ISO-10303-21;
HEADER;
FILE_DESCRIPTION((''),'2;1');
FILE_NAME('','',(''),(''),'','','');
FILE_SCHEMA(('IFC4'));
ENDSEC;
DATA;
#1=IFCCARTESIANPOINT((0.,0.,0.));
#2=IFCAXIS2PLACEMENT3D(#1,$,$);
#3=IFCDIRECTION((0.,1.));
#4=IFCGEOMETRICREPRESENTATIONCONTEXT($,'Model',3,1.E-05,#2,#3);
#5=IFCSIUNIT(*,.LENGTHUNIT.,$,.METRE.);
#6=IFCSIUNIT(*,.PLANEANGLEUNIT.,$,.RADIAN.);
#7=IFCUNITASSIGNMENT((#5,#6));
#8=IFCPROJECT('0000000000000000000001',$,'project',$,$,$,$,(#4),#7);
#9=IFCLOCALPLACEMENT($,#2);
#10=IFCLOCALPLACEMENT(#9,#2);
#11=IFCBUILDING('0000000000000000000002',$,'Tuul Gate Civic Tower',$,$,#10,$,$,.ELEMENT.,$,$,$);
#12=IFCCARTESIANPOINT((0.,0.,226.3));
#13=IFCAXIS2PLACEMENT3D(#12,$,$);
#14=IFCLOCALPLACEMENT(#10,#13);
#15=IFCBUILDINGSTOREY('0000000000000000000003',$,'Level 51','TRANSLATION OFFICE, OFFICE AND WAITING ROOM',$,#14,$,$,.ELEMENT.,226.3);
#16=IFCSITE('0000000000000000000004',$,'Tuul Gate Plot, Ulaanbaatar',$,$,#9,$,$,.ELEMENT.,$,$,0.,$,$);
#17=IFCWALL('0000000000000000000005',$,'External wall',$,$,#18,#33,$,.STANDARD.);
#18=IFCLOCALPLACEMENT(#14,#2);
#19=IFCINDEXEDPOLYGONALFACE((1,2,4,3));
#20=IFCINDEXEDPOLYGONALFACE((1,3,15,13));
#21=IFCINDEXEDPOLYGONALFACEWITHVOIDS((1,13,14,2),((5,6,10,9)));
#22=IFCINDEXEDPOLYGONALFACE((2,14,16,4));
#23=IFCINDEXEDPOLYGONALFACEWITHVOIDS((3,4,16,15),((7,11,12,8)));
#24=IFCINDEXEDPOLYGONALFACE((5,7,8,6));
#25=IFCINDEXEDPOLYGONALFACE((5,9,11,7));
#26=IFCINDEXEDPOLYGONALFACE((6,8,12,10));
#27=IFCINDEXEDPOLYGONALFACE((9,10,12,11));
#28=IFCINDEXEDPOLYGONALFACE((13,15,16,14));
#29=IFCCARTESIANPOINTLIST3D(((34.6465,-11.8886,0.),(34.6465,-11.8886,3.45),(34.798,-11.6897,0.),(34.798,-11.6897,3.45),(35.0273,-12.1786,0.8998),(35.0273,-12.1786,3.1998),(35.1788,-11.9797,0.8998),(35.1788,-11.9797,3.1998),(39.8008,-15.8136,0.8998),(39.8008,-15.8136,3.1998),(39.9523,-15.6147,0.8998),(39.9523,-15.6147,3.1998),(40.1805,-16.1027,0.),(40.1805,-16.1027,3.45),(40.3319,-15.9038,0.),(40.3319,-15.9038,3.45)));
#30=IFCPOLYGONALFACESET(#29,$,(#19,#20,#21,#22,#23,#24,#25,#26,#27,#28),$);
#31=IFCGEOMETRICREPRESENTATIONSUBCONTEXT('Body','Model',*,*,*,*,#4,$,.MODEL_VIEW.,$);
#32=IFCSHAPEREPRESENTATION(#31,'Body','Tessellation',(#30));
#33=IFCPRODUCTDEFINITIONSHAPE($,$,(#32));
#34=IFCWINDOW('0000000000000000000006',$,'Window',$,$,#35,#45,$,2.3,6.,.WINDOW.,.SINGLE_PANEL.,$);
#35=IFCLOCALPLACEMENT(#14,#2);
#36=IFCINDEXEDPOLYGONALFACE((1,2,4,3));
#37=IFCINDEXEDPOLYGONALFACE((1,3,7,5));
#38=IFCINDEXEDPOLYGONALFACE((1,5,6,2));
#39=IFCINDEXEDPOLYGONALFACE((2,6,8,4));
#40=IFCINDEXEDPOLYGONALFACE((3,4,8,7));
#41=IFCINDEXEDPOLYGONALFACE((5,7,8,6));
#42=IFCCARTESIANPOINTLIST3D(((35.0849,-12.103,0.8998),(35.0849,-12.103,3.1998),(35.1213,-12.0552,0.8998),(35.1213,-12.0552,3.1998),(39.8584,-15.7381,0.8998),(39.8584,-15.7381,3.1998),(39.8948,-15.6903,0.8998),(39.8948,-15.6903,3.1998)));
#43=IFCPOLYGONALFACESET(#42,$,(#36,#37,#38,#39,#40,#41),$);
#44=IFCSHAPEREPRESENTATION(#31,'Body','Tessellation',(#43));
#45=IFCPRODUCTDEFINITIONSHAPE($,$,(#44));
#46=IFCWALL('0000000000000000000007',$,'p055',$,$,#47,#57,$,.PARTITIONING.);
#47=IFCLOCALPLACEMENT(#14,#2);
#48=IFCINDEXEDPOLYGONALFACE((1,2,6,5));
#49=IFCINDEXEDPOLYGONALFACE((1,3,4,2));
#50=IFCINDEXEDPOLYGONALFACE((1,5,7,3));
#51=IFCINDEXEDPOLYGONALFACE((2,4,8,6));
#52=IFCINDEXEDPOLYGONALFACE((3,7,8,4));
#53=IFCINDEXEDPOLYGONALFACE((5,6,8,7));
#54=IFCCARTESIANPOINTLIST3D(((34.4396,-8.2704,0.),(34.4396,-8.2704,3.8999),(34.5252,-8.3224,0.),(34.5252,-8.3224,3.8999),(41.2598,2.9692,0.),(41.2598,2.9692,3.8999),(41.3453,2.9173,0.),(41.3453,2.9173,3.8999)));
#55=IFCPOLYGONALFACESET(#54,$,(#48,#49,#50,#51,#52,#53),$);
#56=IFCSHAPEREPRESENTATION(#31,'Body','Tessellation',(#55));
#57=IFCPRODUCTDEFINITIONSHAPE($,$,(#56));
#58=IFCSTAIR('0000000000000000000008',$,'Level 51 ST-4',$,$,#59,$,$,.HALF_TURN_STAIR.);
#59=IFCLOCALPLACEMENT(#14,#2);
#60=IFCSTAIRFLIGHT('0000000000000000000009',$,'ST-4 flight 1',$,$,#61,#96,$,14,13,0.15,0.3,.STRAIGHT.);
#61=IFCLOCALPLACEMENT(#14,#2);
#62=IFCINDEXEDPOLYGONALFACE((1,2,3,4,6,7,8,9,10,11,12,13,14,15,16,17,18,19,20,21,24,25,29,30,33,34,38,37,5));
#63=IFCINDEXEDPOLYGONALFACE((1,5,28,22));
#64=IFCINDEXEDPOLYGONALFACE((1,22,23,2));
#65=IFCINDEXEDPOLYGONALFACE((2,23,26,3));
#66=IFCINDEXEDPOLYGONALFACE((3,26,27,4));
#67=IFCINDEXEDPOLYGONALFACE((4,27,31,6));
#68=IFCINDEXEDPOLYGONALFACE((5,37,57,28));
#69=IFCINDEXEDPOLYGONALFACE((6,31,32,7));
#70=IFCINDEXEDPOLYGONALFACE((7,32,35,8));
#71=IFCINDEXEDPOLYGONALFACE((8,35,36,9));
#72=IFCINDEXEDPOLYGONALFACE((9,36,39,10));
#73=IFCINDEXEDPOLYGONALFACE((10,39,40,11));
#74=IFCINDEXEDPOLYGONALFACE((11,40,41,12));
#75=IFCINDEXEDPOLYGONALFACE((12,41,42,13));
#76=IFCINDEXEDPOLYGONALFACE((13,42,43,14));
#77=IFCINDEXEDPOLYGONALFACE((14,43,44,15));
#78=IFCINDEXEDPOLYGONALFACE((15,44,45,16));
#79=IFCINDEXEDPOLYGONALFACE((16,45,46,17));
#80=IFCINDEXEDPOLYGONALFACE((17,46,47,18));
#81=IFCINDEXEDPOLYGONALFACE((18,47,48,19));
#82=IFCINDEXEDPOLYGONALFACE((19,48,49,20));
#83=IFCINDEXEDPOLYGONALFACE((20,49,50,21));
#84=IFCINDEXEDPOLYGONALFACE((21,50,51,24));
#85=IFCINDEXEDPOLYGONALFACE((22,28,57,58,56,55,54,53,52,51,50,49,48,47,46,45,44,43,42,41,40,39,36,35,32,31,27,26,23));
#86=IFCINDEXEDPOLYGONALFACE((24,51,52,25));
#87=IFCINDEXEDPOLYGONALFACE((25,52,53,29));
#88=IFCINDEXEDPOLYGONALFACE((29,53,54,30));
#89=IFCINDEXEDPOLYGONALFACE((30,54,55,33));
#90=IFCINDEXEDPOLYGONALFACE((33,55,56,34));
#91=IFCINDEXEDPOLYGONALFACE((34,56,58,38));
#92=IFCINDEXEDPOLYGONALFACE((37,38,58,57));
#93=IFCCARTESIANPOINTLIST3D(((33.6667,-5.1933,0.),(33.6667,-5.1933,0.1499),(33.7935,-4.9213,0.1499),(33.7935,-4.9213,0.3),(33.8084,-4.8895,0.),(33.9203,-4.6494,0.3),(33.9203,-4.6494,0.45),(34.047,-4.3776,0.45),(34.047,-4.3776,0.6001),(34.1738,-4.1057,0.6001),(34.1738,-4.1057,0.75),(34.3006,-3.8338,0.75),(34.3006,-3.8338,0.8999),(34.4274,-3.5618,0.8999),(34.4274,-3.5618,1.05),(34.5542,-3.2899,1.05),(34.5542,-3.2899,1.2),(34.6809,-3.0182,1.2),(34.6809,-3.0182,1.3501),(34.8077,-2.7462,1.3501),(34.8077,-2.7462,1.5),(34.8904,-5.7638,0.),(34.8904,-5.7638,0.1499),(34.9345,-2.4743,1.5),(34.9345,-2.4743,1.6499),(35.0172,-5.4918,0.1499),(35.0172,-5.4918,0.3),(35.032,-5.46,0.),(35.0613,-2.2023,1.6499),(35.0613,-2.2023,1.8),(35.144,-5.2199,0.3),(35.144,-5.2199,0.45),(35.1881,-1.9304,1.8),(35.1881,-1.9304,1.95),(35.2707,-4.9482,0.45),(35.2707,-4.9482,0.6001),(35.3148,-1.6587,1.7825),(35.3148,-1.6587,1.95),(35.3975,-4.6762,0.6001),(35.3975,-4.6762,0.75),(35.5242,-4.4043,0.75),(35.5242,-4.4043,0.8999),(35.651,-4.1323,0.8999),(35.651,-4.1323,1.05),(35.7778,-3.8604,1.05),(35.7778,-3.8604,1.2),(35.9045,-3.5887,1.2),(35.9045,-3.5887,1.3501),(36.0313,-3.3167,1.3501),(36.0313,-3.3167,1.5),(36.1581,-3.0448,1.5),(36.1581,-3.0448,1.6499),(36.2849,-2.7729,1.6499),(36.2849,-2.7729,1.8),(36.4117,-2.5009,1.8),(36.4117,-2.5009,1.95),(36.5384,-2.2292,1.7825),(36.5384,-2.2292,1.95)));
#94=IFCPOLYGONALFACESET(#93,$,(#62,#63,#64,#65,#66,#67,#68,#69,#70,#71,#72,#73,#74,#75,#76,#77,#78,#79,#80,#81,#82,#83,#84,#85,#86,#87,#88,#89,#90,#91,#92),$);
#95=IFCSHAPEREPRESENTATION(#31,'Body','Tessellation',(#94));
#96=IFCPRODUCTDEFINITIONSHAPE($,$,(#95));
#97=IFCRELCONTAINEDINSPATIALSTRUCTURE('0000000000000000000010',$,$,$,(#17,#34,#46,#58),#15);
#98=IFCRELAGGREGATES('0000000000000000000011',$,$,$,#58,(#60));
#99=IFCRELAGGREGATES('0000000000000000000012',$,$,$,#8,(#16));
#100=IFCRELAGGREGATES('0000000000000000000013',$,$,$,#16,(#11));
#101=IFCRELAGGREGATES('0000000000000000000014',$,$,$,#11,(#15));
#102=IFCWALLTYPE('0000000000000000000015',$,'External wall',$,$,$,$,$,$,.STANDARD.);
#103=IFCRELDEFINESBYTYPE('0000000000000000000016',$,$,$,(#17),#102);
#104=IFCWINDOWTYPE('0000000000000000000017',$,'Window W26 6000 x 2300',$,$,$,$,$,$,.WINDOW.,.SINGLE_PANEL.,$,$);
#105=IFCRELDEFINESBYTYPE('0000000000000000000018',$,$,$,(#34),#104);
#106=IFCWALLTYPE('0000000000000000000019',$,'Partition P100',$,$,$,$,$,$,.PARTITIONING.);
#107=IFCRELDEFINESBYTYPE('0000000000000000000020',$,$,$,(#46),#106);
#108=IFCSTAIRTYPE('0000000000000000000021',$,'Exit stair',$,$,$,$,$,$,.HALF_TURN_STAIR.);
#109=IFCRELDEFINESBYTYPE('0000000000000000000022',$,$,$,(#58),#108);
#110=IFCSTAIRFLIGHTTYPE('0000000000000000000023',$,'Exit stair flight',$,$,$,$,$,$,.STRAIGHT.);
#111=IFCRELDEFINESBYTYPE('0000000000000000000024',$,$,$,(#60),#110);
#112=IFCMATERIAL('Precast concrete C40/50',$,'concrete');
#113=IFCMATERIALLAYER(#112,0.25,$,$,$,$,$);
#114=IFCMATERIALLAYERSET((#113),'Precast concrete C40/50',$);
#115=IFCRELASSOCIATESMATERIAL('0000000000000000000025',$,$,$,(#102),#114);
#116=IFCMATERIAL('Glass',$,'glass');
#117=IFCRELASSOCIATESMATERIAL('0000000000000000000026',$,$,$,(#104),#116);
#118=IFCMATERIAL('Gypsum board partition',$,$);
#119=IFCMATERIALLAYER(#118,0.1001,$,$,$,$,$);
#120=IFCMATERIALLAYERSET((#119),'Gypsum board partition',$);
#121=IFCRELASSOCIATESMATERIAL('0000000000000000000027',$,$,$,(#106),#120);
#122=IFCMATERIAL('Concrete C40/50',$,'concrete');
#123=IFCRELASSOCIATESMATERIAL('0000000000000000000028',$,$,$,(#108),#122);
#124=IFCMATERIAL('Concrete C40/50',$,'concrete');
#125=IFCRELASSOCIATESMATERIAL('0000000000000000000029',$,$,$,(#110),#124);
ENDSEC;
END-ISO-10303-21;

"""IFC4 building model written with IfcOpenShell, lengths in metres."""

from ifc_helpers import new_model, si_unit, direction, frame, frame_2d, origin, place, context, subcontext, project, spatial, polyline, rectangle, outline, extrude, material, layer, layer_set, type_object, element, fill, aggregate, save


model = new_model("IFC4")

# Units and contexts
model_context = context("Model", 3, precision=1e-05, world=origin(), true_north=direction((0.0, 1.0)))
body_context = subcontext(model_context, "Body", "Model", "MODEL_VIEW")
ifc_project = project(units=[si_unit("LENGTHUNIT", "METRE"), si_unit("PLANEANGLEUNIT", "RADIAN")], contexts=[model_context])

# Site, building, storey
site_placement = place(None, origin())
site = spatial("IfcSite", under=ifc_project, at=site_placement, Name="Tuul Gate Plot, Ulaanbaatar", CompositionType="ELEMENT", RefElevation=0.0)
building_placement = place(site_placement, origin())
building = spatial("IfcBuilding", under=site, at=building_placement, Name="Tuul Gate Civic Tower", CompositionType="ELEMENT")
storey_placement = place(building_placement, frame((0.0, 0.0, 226.3)))
storey = spatial("IfcBuildingStorey", under=building, at=storey_placement, Name="Level 51", Description="TRANSLATION OFFICE, OFFICE AND WAITING ROOM", CompositionType="ELEMENT", Elevation=226.3)

# Wall, opening, window
ifc_material_1 = material(Name="Precast concrete C40/50", Category="concrete")
ifc_layer_1 = layer(ifc_material_1, 0.25)
ifc_layer_set_1 = layer_set([ifc_layer_1], Name="Precast concrete C40/50")
wall_type_1 = type_object("IfcWallType", Name="External wall", PredefinedType="STANDARD", material=ifc_layer_set_1)
ifc_material_2 = material(Name="Glass", Category="glass")
window_type = type_object("IfcWindowType", Name="Window W26 6000 x 2300", PartitioningType="SINGLE_PANEL", PredefinedType="WINDOW", material=ifc_material_2)
wall_1_placement = place(storey_placement, frame((34.7222, -11.7891, 0.0), z_axis=(0.0, 0.0, 1.0), x_axis=(0.795586, -0.605841, 0.0)))
wall_1 = element("IfcWall", 1, at=wall_1_placement, inside=storey, type_object=wall_type_1, Name="External wall", PredefinedType="STANDARD", context=body_context, shape_type="SweptSolid", body=[
    extrude(rectangle(XDim=6.9558, YDim=0.25, at=frame_2d((3.478, 0.0))), origin(), (0.0, 0.0, 1.0), 3.45),
])
opening_1_placement = place(wall_1_placement, frame((0.4788, 0.0, 0.8999)))
opening_1 = element("IfcOpeningElement", 2, at=opening_1_placement, cuts=wall_1, PredefinedType="OPENING", context=body_context, shape_type="SweptSolid", body=[
    extrude(rectangle(XDim=6.0, YDim=2.3, at=frame_2d((3.0, 1.1499))), frame((0.0, 0.135, 0.0), z_axis=(0.0, -1.0, 0.0), x_axis=(1.0, 0.0, 0.0)), (0.0, 0.0, 1.0), 0.27),
])
window_1_placement = place(opening_1_placement, origin())
window_1 = element("IfcWindow", 3, at=window_1_placement, inside=storey, type_object=window_type, Name="Window", OverallHeight=2.3, OverallWidth=6.0, PartitioningType="SINGLE_PANEL", PredefinedType="WINDOW", context=body_context, shape_type="SweptSolid", body=[
    extrude(rectangle(XDim=6.0, YDim=2.3, at=frame_2d((3.0, 1.1499))), frame((0.0, 0.03, 0.0), z_axis=(0.0, -1.0, 0.0), x_axis=(1.0, 0.0, 0.0)), (0.0, 0.0, 1.0), 0.0601),
])
fill(opening_1, window_1)

# Wall
ifc_material_3 = material(Name="Gypsum board partition")
ifc_layer_2 = layer(ifc_material_3, 0.1001)
ifc_layer_set_2 = layer_set([ifc_layer_2], Name="Gypsum board partition")
wall_type_2 = type_object("IfcWallType", Name="Partition P100", PredefinedType="PARTITIONING", material=ifc_layer_set_2)
wall_2_placement = place(storey_placement, frame((34.4824, -8.2964, 0.0), z_axis=(0.0, 0.0, 1.0), x_axis=(0.518761, 0.85492, 0.0)))
element("IfcWall", 4, at=wall_2_placement, inside=storey, type_object=wall_type_2, Name="p055", PredefinedType="PARTITIONING", context=body_context, shape_type="SweptSolid", body=[
    extrude(rectangle(XDim=13.147, YDim=0.1001, at=frame_2d((6.5735, 0.0))), origin(), (0.0, 0.0, 1.0), 3.8999),
])

# Stair, stair flight
ifc_material_4 = material(Name="Concrete C40/50", Category="concrete")
stair_type = type_object("IfcStairType", Name="Exit stair", PredefinedType="HALF_TURN_STAIR", material=ifc_material_4)
stair_placement = place(storey_placement, origin())
stair = element("IfcStair", 5, at=stair_placement, inside=storey, type_object=stair_type, Name="Level 51 ST-4", PredefinedType="HALF_TURN_STAIR")
ifc_material_5 = material(Name="Concrete C40/50", Category="concrete")
stair_flight_type = type_object("IfcStairFlightType", Name="Exit stair flight", PredefinedType="STRAIGHT", material=ifc_material_5)
stair_flight_placement = place(storey_placement, frame((34.2786, -5.4785, 0.0), z_axis=(0.0, 0.0, 1.0), x_axis=(0.422576, 0.906327, 0.0)))
stair_flight = element("IfcStairFlight", 6, at=stair_flight_placement, type_object=stair_flight_type, Name="ST-4 flight 1", NumberOfRisers=14, NumberOfTreads=13, PredefinedType="STRAIGHT", RiserHeight=0.15, TreadLength=0.3, context=body_context, shape_type="SweptSolid", body=[
    extrude(outline(polyline([(0.0, 0.0), (0.0, 0.1499), (0.3, 0.1499), (0.3, 0.3), (0.6001, 0.3), (0.6001, 0.45), (0.8999, 0.45), (0.8999, 0.6001), (1.2, 0.6001), (1.2, 0.75), (1.5, 0.75), (1.5, 0.8999), (1.8, 0.8999), (1.8, 1.05), (2.1001, 1.05), (2.1001, 1.2), (2.3999, 1.2), (2.3999, 1.3501), (2.7, 1.3501), (2.7, 1.5), (3.0, 1.5), (3.0, 1.6499), (3.3, 1.6499), (3.3, 1.8), (3.6001, 1.8), (3.6001, 1.95), (3.8999, 1.95), (3.8999, 2.1001), (3.8999, 1.7825), (0.3352, 0.0), (0.0, 0.0)])), frame((0.0, 0.675, 0.0), z_axis=(0.0, -1.0, 0.0), x_axis=(1.0, 0.0, 0.0)), (0.0, 0.0, 1.0), 1.3501),
])
aggregate(stair, [stair_flight])

save(model, "model.ifc")
